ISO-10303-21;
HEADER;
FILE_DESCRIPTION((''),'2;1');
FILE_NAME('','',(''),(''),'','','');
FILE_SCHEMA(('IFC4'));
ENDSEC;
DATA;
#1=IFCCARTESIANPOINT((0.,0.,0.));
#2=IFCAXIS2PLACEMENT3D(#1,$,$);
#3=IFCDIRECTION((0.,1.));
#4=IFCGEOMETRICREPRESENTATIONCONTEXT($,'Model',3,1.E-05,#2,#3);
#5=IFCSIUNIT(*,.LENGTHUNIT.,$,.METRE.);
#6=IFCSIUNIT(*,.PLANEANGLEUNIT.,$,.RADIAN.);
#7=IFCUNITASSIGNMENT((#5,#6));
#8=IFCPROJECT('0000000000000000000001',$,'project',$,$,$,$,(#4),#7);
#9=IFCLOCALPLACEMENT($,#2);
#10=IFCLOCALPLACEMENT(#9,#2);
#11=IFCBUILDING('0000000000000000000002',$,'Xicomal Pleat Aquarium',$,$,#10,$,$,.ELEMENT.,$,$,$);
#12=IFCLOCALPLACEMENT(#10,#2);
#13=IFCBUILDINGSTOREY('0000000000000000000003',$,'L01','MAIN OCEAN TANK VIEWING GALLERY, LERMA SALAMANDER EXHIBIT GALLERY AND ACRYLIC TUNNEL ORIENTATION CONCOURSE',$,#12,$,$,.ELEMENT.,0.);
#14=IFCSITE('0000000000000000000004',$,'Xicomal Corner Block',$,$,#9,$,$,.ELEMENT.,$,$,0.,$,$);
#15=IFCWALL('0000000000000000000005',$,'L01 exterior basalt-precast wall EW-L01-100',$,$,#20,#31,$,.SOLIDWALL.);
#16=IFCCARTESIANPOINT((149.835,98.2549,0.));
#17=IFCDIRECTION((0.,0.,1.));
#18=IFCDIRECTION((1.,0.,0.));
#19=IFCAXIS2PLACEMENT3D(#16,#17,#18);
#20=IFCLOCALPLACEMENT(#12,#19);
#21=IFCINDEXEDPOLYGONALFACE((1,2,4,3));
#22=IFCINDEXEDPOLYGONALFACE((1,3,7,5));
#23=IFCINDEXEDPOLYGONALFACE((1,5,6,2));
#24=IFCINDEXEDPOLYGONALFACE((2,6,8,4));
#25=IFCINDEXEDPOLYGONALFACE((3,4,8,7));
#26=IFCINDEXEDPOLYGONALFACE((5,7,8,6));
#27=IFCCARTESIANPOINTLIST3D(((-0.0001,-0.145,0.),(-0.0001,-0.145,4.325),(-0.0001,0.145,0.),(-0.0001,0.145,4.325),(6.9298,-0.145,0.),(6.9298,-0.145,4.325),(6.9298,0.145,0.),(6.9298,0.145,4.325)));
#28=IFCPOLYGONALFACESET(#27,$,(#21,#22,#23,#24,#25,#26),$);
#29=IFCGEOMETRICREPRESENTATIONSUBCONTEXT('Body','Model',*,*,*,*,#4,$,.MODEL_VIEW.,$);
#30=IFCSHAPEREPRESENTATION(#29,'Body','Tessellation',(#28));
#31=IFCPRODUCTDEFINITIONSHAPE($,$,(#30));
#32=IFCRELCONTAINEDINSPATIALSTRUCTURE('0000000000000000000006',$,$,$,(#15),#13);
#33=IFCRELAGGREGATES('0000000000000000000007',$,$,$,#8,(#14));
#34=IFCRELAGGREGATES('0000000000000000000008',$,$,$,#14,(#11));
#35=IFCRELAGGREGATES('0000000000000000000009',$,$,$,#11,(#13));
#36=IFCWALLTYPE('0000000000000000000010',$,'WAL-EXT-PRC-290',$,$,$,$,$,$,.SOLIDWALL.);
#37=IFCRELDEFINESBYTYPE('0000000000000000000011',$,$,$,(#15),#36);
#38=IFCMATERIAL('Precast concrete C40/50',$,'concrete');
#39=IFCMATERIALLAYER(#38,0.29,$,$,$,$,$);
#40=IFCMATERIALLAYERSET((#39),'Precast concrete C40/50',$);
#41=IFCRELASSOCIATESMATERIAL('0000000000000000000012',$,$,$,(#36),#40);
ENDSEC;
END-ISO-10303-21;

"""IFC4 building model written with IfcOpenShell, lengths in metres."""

from ifc_helpers import new_model, si_unit, direction, frame, frame_2d, origin, place, context, subcontext, project, spatial, rectangle, extrude, material, layer, layer_set, type_object, element, save


model = new_model("IFC4")

# Units and contexts
model_context = context("Model", 3, precision=1e-05, world=origin(), true_north=direction((0.0, 1.0)))
body_context = subcontext(model_context, "Body", "Model", "MODEL_VIEW")
ifc_project = project(units=[si_unit("LENGTHUNIT", "METRE"), si_unit("PLANEANGLEUNIT", "RADIAN")], contexts=[model_context])

# Site, building, storey
site_placement = place(None, origin())
site = spatial("IfcSite", under=ifc_project, at=site_placement, Name="Xicomal Corner Block", CompositionType="ELEMENT", RefElevation=0.0)
building_placement = place(site_placement, origin())
building = spatial("IfcBuilding", under=site, at=building_placement, Name="Xicomal Pleat Aquarium", CompositionType="ELEMENT")
storey_placement = place(building_placement, origin())
storey = spatial("IfcBuildingStorey", under=building, at=storey_placement, Name="L01", Description="MAIN OCEAN TANK VIEWING GALLERY, LERMA SALAMANDER EXHIBIT GALLERY AND ACRYLIC TUNNEL ORIENTATION CONCOURSE", CompositionType="ELEMENT", Elevation=0.0)

# Wall
ifc_material_1 = material(Name="Precast concrete C40/50", Category="concrete")
ifc_layer_1 = layer(ifc_material_1, 0.29)
ifc_layer_set_1 = layer_set([ifc_layer_1], Name="Precast concrete C40/50")
wall_type_1 = type_object("IfcWallType", Name="WAL-EXT-PRC-290", PredefinedType="SOLIDWALL", material=ifc_layer_set_1)
wall_1_placement = place(storey_placement, frame((149.835, 98.2549, 0.0), z_axis=(0.0, 0.0, 1.0), x_axis=(1.0, 0.0, 0.0)))
element("IfcWall", 1, at=wall_1_placement, inside=storey, type_object=wall_type_1, Name="L01 exterior basalt-precast wall EW-L01-100", PredefinedType="SOLIDWALL", context=body_context, shape_type="SweptSolid", body=[
    extrude(rectangle(XDim=6.9299, YDim=0.29, at=frame_2d((3.4648, 0.0))), origin(), (0.0, 0.0, 1.0), 4.325),
])

save(model, "model.ifc")
